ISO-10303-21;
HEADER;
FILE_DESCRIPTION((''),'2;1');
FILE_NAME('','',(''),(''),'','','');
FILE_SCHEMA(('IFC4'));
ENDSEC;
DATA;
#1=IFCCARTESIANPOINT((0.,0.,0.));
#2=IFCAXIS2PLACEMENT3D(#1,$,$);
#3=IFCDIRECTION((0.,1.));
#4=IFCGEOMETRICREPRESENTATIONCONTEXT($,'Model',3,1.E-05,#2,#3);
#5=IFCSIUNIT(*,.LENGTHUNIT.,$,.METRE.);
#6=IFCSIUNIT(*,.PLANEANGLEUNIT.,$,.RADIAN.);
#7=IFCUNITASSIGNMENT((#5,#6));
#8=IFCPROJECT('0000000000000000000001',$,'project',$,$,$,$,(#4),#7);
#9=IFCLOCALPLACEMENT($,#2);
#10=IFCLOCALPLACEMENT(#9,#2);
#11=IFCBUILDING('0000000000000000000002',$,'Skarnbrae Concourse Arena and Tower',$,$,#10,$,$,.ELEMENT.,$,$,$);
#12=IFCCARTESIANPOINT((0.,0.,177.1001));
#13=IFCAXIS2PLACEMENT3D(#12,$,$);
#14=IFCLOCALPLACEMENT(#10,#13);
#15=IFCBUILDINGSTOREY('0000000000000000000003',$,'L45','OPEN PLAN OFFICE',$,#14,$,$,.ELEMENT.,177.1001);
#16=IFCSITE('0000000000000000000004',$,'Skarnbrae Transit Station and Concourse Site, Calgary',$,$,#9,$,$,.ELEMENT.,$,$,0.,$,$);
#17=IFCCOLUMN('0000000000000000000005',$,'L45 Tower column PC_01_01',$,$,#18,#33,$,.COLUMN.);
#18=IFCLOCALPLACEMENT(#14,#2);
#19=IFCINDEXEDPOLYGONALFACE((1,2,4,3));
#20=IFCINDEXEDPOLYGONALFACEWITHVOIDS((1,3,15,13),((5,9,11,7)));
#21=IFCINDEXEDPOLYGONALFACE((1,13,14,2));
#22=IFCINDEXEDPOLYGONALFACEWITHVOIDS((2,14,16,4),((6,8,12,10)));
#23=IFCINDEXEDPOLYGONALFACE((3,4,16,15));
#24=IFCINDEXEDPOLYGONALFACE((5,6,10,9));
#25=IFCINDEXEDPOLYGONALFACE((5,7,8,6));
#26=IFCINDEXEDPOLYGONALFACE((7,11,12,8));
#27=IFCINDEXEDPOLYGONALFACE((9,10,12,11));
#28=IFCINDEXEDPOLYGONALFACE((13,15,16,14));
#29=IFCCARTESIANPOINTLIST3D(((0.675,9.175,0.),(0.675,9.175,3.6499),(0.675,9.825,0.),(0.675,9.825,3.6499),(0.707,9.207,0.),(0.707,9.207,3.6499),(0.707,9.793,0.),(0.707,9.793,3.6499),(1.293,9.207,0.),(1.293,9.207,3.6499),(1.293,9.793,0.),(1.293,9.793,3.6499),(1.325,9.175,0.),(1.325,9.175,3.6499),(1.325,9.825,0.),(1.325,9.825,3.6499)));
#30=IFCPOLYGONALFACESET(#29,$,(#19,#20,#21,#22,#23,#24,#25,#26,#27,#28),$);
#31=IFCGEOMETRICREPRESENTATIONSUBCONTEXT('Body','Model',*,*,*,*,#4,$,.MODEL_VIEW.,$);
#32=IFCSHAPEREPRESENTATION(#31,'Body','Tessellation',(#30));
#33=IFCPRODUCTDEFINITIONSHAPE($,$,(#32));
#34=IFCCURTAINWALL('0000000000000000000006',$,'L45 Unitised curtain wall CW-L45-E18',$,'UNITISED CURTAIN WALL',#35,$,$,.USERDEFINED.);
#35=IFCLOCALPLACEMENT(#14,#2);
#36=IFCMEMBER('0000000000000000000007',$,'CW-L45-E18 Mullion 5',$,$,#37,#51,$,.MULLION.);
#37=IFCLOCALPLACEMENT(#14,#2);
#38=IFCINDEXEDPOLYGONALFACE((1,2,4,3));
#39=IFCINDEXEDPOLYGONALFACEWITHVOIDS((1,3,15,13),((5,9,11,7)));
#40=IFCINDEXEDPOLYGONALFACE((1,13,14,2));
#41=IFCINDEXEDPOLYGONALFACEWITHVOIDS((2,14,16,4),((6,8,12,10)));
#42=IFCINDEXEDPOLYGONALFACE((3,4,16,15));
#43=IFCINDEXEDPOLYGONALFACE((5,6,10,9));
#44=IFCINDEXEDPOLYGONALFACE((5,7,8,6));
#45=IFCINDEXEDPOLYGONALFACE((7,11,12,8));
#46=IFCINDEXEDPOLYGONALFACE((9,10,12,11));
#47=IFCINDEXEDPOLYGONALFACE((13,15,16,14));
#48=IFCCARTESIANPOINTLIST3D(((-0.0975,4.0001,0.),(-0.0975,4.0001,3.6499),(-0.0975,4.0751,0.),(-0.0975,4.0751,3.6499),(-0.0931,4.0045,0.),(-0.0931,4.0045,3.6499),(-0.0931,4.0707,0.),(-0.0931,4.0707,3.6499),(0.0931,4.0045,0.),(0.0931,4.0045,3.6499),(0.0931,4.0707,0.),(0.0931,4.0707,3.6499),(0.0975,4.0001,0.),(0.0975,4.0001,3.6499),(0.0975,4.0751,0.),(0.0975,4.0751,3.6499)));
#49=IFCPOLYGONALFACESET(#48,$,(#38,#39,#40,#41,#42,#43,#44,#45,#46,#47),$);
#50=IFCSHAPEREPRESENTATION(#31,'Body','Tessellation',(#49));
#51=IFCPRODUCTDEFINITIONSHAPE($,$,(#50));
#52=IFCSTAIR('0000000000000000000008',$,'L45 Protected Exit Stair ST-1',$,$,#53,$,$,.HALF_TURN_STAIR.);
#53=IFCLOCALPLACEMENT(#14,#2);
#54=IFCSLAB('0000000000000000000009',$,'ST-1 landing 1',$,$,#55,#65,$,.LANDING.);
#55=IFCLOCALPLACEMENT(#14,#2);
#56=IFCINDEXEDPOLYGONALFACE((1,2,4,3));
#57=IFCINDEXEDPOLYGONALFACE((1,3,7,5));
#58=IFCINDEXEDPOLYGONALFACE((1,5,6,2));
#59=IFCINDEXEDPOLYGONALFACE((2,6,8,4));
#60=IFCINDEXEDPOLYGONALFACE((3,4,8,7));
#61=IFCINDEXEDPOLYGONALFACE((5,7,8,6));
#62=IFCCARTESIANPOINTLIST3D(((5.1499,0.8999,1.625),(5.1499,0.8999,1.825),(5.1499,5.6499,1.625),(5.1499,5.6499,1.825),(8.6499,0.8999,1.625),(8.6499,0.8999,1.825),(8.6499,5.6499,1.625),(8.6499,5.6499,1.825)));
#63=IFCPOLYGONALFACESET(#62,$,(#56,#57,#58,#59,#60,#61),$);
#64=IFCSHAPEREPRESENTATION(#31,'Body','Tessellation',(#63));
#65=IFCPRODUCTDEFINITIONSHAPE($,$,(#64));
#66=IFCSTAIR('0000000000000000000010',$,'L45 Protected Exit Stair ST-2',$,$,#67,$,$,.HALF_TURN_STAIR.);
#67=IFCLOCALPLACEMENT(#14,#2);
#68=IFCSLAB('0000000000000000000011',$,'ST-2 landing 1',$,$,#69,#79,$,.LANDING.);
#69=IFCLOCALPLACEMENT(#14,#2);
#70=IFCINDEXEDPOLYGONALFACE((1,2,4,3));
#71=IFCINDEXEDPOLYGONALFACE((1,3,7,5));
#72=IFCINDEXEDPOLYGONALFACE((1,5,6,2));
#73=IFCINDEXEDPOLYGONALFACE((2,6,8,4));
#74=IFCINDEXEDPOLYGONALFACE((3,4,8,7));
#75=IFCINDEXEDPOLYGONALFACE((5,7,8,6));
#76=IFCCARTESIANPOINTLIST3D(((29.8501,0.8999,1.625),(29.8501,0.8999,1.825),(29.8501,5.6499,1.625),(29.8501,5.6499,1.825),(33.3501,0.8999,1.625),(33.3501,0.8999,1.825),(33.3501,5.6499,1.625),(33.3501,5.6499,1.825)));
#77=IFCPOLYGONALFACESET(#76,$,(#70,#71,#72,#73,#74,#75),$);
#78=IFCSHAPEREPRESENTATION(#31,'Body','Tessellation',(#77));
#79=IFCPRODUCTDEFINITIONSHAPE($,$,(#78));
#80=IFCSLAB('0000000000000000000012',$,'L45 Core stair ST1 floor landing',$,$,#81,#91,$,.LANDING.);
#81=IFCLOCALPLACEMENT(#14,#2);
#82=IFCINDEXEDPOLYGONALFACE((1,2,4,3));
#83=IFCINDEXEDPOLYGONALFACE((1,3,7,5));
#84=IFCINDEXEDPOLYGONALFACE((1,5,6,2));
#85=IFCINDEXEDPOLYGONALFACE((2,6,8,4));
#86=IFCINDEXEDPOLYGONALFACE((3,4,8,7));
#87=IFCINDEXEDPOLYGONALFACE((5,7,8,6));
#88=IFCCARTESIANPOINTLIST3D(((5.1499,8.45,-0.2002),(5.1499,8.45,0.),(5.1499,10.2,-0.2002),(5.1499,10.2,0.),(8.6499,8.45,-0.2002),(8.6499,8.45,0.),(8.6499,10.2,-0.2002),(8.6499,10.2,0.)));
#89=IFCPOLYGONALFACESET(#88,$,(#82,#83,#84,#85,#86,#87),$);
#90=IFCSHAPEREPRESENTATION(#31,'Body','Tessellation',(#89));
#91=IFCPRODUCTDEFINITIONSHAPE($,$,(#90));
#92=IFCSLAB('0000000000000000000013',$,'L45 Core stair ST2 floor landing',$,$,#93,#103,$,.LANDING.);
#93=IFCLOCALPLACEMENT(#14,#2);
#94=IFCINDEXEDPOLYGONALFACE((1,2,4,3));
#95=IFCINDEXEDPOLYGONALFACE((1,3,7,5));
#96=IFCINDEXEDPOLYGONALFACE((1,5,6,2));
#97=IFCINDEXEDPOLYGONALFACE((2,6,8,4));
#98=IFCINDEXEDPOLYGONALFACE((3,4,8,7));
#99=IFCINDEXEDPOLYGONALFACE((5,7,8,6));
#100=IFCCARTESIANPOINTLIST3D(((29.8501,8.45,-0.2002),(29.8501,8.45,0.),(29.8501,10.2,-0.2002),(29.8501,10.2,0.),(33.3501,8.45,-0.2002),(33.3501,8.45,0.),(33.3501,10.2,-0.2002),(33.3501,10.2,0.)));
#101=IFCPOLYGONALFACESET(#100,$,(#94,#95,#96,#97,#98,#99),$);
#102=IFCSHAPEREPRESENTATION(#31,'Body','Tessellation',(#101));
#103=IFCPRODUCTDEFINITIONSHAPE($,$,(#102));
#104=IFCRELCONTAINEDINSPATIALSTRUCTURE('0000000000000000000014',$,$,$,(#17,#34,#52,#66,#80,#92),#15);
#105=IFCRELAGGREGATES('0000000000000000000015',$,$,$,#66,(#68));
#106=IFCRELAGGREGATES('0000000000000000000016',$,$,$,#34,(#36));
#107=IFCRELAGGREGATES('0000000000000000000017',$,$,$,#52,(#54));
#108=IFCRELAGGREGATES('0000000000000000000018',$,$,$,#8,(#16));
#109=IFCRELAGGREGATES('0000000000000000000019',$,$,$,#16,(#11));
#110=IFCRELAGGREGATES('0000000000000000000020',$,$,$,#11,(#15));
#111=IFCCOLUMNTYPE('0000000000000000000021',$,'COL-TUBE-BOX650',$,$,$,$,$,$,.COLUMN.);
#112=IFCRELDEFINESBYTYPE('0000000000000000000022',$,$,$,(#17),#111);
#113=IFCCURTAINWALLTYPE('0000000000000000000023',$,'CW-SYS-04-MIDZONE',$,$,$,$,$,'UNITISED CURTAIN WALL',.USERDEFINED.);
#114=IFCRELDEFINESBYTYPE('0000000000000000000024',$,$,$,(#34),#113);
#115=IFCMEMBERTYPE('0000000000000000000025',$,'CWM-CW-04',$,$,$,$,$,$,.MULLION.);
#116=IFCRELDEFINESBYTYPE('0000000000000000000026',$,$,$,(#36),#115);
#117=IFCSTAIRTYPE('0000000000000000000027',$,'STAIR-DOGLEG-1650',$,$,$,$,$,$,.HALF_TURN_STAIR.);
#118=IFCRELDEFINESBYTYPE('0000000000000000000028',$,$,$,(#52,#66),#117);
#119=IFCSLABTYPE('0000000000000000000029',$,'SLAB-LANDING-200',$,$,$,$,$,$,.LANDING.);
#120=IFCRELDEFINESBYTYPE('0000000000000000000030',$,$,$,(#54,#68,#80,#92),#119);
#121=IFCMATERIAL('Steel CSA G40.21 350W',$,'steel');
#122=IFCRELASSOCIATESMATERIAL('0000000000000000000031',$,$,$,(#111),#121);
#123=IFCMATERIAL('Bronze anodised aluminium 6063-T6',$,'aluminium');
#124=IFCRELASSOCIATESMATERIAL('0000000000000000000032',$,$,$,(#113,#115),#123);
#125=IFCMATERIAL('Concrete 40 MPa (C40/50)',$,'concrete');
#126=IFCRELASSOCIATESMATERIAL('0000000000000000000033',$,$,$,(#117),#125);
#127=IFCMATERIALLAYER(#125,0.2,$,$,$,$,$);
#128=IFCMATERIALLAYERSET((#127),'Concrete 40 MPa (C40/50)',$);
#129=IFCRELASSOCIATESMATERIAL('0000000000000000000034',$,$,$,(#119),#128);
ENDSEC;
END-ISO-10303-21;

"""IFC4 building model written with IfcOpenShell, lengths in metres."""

from ifc_helpers import new_model, si_unit, direction, frame, origin, origin_2d, place, context, subcontext, project, spatial, polyline, hollow_rectangle, outline, extrude, source, transform, mapped, material, layer, layer_set, material_profile, profile_set, type_object, element, aggregate, save


model = new_model("IFC4")

# Units and contexts
model_context = context("Model", 3, precision=1e-05, world=origin(), true_north=direction((0.0, 1.0)))
body_context = subcontext(model_context, "Body", "Model", "MODEL_VIEW")
ifc_project = project(units=[si_unit("LENGTHUNIT", "METRE"), si_unit("PLANEANGLEUNIT", "RADIAN")], contexts=[model_context])

# Site, building, storey
site_placement = place(None, origin())
site = spatial("IfcSite", under=ifc_project, at=site_placement, Name="Skarnbrae Transit Station and Concourse Site, Calgary", CompositionType="ELEMENT", RefElevation=0.0)
building_placement = place(site_placement, origin())
building = spatial("IfcBuilding", under=site, at=building_placement, Name="Skarnbrae Concourse Arena and Tower", CompositionType="ELEMENT")
storey_placement = place(building_placement, frame((0.0, 0.0, 177.1001)))
storey = spatial("IfcBuildingStorey", under=building, at=storey_placement, Name="L45", Description="OPEN PLAN OFFICE", CompositionType="ELEMENT", Elevation=177.1001)

# Column
ifc_material_1 = material(Name="Steel CSA G40.21 350W", Category="steel")
ifc_material_profile_1 = material_profile(ifc_material_1, hollow_rectangle(XDim=0.6499, YDim=0.6499, WallThickness=0.032, at=origin_2d()), Name="BOX650X650X32")
ifc_profile_set_1 = profile_set([ifc_material_profile_1], Name="Steel CSA G40.21 350W")
column_type = type_object("IfcColumnType", Name="COL-TUBE-BOX650", PredefinedType="COLUMN", material=ifc_profile_set_1)
shared_shape_1 = source(origin(), body_context, "Body", "SweptSolid", [
    extrude(hollow_rectangle(XDim=0.6499, YDim=0.6499, WallThickness=0.032, at=origin_2d()), origin(), (0.0, 0.0, 1.0), 3.6499),
])
column_placement = place(storey_placement, frame((1.0, 9.5, 0.0), z_axis=(0.0, 0.0, 1.0), x_axis=(1.0, 0.0, 0.0)))
element("IfcColumn", 1, at=column_placement, inside=storey, type_object=column_type, Name="L45 Tower column PC_01_01", PredefinedType="COLUMN", context=body_context, shape_type="MappedRepresentation", body=[
    mapped(shared_shape_1, transform((0.0, 0.0, 0.0))),
])

# Curtain wall, member
ifc_material_2 = material(Name="Bronze anodised aluminium 6063-T6", Category="aluminium")
curtain_wall_type = type_object("IfcCurtainWallType", Name="CW-SYS-04-MIDZONE", ElementType="UNITISED CURTAIN WALL", PredefinedType="USERDEFINED", material=ifc_material_2)
curtain_wall_placement = place(storey_placement, origin())
curtain_wall = element("IfcCurtainWall", 2, at=curtain_wall_placement, inside=storey, type_object=curtain_wall_type, Name="L45 Unitised curtain wall CW-L45-E18", ObjectType="UNITISED CURTAIN WALL", PredefinedType="USERDEFINED")
ifc_material_profile_2 = material_profile(ifc_material_2, hollow_rectangle(XDim=0.075, YDim=0.1951, WallThickness=0.0044, at=origin_2d()), Name="ALU-MULL-75X195")
ifc_profile_set_2 = profile_set([ifc_material_profile_2], Name="Bronze anodised aluminium 6063-T6")
member_type = type_object("IfcMemberType", Name="CWM-CW-04", PredefinedType="MULLION", material=ifc_profile_set_2)
shared_shape_2 = source(origin(), body_context, "Body", "SweptSolid", [
    extrude(hollow_rectangle(XDim=0.075, YDim=0.1951, WallThickness=0.0044, at=origin_2d()), origin(), (0.0, 0.0, 1.0), 3.6499),
])
member_placement = place(storey_placement, frame((0.0, 4.0376, 0.0), z_axis=(0.0, 0.0, 1.0), x_axis=(0.0, -1.0, 0.0)))
member = element("IfcMember", 3, at=member_placement, type_object=member_type, Name="CW-L45-E18 Mullion 5", PredefinedType="MULLION", context=body_context, shape_type="MappedRepresentation", body=[
    mapped(shared_shape_2, transform((0.0, 0.0, 0.0))),
])

# Stairs, slabs
ifc_material_3 = material(Name="Concrete 40 MPa (C40/50)", Category="concrete")
stair_type = type_object("IfcStairType", Name="STAIR-DOGLEG-1650", PredefinedType="HALF_TURN_STAIR", material=ifc_material_3)
stair_1_placement = place(storey_placement, origin())
stair_1 = element("IfcStair", 4, at=stair_1_placement, inside=storey, type_object=stair_type, Name="L45 Protected Exit Stair ST-1", PredefinedType="HALF_TURN_STAIR")
ifc_layer_1 = layer(ifc_material_3, 0.2)
ifc_layer_set_1 = layer_set([ifc_layer_1], Name="Concrete 40 MPa (C40/50)")
slab_type_1 = type_object("IfcSlabType", Name="SLAB-LANDING-200", PredefinedType="LANDING", material=ifc_layer_set_1)
slab_1_placement = place(storey_placement, frame((0.0, 0.0, 1.625)))
slab_1 = element("IfcSlab", 5, at=slab_1_placement, type_object=slab_type_1, Name="ST-1 landing 1", PredefinedType="LANDING", context=body_context, shape_type="SweptSolid", body=[
    extrude(outline(polyline([(5.1499, 5.6499), (5.1499, 0.8999), (8.6499, 0.8999), (8.6499, 5.6499), (5.1499, 5.6499)])), origin(), (0.0, 0.0, 1.0), 0.2),
])
stair_2_placement = place(storey_placement, origin())
stair_2 = element("IfcStair", 6, at=stair_2_placement, inside=storey, type_object=stair_type, Name="L45 Protected Exit Stair ST-2", PredefinedType="HALF_TURN_STAIR")
slab_2_placement = place(storey_placement, frame((0.0, 0.0, 1.625)))
slab_2 = element("IfcSlab", 7, at=slab_2_placement, type_object=slab_type_1, Name="ST-2 landing 1", PredefinedType="LANDING", context=body_context, shape_type="SweptSolid", body=[
    extrude(outline(polyline([(29.8501, 5.6499), (29.8501, 0.8999), (33.3501, 0.8999), (33.3501, 5.6499), (29.8501, 5.6499)])), origin(), (0.0, 0.0, 1.0), 0.2),
])
aggregate(stair_2, [slab_2])

# Slabs
slab_3_placement = place(storey_placement, frame((0.0, 0.0, -0.2002)))
element("IfcSlab", 8, at=slab_3_placement, inside=storey, type_object=slab_type_1, Name="L45 Core stair ST1 floor landing", PredefinedType="LANDING", context=body_context, shape_type="SweptSolid", body=[
    extrude(outline(polyline([(5.1499, 10.2), (5.1499, 8.45), (8.6499, 8.45), (8.6499, 10.2), (5.1499, 10.2)])), origin(), (0.0, 0.0, 1.0), 0.2002),
])
slab_4_placement = place(storey_placement, frame((0.0, 0.0, -0.2002)))
element("IfcSlab", 9, at=slab_4_placement, inside=storey, type_object=slab_type_1, Name="L45 Core stair ST2 floor landing", PredefinedType="LANDING", context=body_context, shape_type="SweptSolid", body=[
    extrude(outline(polyline([(29.8501, 10.2), (29.8501, 8.45), (33.3501, 8.45), (33.3501, 10.2), (29.8501, 10.2)])), origin(), (0.0, 0.0, 1.0), 0.2002),
])

aggregate(curtain_wall, [member])

aggregate(stair_1, [slab_1])

save(model, "model.ifc")
